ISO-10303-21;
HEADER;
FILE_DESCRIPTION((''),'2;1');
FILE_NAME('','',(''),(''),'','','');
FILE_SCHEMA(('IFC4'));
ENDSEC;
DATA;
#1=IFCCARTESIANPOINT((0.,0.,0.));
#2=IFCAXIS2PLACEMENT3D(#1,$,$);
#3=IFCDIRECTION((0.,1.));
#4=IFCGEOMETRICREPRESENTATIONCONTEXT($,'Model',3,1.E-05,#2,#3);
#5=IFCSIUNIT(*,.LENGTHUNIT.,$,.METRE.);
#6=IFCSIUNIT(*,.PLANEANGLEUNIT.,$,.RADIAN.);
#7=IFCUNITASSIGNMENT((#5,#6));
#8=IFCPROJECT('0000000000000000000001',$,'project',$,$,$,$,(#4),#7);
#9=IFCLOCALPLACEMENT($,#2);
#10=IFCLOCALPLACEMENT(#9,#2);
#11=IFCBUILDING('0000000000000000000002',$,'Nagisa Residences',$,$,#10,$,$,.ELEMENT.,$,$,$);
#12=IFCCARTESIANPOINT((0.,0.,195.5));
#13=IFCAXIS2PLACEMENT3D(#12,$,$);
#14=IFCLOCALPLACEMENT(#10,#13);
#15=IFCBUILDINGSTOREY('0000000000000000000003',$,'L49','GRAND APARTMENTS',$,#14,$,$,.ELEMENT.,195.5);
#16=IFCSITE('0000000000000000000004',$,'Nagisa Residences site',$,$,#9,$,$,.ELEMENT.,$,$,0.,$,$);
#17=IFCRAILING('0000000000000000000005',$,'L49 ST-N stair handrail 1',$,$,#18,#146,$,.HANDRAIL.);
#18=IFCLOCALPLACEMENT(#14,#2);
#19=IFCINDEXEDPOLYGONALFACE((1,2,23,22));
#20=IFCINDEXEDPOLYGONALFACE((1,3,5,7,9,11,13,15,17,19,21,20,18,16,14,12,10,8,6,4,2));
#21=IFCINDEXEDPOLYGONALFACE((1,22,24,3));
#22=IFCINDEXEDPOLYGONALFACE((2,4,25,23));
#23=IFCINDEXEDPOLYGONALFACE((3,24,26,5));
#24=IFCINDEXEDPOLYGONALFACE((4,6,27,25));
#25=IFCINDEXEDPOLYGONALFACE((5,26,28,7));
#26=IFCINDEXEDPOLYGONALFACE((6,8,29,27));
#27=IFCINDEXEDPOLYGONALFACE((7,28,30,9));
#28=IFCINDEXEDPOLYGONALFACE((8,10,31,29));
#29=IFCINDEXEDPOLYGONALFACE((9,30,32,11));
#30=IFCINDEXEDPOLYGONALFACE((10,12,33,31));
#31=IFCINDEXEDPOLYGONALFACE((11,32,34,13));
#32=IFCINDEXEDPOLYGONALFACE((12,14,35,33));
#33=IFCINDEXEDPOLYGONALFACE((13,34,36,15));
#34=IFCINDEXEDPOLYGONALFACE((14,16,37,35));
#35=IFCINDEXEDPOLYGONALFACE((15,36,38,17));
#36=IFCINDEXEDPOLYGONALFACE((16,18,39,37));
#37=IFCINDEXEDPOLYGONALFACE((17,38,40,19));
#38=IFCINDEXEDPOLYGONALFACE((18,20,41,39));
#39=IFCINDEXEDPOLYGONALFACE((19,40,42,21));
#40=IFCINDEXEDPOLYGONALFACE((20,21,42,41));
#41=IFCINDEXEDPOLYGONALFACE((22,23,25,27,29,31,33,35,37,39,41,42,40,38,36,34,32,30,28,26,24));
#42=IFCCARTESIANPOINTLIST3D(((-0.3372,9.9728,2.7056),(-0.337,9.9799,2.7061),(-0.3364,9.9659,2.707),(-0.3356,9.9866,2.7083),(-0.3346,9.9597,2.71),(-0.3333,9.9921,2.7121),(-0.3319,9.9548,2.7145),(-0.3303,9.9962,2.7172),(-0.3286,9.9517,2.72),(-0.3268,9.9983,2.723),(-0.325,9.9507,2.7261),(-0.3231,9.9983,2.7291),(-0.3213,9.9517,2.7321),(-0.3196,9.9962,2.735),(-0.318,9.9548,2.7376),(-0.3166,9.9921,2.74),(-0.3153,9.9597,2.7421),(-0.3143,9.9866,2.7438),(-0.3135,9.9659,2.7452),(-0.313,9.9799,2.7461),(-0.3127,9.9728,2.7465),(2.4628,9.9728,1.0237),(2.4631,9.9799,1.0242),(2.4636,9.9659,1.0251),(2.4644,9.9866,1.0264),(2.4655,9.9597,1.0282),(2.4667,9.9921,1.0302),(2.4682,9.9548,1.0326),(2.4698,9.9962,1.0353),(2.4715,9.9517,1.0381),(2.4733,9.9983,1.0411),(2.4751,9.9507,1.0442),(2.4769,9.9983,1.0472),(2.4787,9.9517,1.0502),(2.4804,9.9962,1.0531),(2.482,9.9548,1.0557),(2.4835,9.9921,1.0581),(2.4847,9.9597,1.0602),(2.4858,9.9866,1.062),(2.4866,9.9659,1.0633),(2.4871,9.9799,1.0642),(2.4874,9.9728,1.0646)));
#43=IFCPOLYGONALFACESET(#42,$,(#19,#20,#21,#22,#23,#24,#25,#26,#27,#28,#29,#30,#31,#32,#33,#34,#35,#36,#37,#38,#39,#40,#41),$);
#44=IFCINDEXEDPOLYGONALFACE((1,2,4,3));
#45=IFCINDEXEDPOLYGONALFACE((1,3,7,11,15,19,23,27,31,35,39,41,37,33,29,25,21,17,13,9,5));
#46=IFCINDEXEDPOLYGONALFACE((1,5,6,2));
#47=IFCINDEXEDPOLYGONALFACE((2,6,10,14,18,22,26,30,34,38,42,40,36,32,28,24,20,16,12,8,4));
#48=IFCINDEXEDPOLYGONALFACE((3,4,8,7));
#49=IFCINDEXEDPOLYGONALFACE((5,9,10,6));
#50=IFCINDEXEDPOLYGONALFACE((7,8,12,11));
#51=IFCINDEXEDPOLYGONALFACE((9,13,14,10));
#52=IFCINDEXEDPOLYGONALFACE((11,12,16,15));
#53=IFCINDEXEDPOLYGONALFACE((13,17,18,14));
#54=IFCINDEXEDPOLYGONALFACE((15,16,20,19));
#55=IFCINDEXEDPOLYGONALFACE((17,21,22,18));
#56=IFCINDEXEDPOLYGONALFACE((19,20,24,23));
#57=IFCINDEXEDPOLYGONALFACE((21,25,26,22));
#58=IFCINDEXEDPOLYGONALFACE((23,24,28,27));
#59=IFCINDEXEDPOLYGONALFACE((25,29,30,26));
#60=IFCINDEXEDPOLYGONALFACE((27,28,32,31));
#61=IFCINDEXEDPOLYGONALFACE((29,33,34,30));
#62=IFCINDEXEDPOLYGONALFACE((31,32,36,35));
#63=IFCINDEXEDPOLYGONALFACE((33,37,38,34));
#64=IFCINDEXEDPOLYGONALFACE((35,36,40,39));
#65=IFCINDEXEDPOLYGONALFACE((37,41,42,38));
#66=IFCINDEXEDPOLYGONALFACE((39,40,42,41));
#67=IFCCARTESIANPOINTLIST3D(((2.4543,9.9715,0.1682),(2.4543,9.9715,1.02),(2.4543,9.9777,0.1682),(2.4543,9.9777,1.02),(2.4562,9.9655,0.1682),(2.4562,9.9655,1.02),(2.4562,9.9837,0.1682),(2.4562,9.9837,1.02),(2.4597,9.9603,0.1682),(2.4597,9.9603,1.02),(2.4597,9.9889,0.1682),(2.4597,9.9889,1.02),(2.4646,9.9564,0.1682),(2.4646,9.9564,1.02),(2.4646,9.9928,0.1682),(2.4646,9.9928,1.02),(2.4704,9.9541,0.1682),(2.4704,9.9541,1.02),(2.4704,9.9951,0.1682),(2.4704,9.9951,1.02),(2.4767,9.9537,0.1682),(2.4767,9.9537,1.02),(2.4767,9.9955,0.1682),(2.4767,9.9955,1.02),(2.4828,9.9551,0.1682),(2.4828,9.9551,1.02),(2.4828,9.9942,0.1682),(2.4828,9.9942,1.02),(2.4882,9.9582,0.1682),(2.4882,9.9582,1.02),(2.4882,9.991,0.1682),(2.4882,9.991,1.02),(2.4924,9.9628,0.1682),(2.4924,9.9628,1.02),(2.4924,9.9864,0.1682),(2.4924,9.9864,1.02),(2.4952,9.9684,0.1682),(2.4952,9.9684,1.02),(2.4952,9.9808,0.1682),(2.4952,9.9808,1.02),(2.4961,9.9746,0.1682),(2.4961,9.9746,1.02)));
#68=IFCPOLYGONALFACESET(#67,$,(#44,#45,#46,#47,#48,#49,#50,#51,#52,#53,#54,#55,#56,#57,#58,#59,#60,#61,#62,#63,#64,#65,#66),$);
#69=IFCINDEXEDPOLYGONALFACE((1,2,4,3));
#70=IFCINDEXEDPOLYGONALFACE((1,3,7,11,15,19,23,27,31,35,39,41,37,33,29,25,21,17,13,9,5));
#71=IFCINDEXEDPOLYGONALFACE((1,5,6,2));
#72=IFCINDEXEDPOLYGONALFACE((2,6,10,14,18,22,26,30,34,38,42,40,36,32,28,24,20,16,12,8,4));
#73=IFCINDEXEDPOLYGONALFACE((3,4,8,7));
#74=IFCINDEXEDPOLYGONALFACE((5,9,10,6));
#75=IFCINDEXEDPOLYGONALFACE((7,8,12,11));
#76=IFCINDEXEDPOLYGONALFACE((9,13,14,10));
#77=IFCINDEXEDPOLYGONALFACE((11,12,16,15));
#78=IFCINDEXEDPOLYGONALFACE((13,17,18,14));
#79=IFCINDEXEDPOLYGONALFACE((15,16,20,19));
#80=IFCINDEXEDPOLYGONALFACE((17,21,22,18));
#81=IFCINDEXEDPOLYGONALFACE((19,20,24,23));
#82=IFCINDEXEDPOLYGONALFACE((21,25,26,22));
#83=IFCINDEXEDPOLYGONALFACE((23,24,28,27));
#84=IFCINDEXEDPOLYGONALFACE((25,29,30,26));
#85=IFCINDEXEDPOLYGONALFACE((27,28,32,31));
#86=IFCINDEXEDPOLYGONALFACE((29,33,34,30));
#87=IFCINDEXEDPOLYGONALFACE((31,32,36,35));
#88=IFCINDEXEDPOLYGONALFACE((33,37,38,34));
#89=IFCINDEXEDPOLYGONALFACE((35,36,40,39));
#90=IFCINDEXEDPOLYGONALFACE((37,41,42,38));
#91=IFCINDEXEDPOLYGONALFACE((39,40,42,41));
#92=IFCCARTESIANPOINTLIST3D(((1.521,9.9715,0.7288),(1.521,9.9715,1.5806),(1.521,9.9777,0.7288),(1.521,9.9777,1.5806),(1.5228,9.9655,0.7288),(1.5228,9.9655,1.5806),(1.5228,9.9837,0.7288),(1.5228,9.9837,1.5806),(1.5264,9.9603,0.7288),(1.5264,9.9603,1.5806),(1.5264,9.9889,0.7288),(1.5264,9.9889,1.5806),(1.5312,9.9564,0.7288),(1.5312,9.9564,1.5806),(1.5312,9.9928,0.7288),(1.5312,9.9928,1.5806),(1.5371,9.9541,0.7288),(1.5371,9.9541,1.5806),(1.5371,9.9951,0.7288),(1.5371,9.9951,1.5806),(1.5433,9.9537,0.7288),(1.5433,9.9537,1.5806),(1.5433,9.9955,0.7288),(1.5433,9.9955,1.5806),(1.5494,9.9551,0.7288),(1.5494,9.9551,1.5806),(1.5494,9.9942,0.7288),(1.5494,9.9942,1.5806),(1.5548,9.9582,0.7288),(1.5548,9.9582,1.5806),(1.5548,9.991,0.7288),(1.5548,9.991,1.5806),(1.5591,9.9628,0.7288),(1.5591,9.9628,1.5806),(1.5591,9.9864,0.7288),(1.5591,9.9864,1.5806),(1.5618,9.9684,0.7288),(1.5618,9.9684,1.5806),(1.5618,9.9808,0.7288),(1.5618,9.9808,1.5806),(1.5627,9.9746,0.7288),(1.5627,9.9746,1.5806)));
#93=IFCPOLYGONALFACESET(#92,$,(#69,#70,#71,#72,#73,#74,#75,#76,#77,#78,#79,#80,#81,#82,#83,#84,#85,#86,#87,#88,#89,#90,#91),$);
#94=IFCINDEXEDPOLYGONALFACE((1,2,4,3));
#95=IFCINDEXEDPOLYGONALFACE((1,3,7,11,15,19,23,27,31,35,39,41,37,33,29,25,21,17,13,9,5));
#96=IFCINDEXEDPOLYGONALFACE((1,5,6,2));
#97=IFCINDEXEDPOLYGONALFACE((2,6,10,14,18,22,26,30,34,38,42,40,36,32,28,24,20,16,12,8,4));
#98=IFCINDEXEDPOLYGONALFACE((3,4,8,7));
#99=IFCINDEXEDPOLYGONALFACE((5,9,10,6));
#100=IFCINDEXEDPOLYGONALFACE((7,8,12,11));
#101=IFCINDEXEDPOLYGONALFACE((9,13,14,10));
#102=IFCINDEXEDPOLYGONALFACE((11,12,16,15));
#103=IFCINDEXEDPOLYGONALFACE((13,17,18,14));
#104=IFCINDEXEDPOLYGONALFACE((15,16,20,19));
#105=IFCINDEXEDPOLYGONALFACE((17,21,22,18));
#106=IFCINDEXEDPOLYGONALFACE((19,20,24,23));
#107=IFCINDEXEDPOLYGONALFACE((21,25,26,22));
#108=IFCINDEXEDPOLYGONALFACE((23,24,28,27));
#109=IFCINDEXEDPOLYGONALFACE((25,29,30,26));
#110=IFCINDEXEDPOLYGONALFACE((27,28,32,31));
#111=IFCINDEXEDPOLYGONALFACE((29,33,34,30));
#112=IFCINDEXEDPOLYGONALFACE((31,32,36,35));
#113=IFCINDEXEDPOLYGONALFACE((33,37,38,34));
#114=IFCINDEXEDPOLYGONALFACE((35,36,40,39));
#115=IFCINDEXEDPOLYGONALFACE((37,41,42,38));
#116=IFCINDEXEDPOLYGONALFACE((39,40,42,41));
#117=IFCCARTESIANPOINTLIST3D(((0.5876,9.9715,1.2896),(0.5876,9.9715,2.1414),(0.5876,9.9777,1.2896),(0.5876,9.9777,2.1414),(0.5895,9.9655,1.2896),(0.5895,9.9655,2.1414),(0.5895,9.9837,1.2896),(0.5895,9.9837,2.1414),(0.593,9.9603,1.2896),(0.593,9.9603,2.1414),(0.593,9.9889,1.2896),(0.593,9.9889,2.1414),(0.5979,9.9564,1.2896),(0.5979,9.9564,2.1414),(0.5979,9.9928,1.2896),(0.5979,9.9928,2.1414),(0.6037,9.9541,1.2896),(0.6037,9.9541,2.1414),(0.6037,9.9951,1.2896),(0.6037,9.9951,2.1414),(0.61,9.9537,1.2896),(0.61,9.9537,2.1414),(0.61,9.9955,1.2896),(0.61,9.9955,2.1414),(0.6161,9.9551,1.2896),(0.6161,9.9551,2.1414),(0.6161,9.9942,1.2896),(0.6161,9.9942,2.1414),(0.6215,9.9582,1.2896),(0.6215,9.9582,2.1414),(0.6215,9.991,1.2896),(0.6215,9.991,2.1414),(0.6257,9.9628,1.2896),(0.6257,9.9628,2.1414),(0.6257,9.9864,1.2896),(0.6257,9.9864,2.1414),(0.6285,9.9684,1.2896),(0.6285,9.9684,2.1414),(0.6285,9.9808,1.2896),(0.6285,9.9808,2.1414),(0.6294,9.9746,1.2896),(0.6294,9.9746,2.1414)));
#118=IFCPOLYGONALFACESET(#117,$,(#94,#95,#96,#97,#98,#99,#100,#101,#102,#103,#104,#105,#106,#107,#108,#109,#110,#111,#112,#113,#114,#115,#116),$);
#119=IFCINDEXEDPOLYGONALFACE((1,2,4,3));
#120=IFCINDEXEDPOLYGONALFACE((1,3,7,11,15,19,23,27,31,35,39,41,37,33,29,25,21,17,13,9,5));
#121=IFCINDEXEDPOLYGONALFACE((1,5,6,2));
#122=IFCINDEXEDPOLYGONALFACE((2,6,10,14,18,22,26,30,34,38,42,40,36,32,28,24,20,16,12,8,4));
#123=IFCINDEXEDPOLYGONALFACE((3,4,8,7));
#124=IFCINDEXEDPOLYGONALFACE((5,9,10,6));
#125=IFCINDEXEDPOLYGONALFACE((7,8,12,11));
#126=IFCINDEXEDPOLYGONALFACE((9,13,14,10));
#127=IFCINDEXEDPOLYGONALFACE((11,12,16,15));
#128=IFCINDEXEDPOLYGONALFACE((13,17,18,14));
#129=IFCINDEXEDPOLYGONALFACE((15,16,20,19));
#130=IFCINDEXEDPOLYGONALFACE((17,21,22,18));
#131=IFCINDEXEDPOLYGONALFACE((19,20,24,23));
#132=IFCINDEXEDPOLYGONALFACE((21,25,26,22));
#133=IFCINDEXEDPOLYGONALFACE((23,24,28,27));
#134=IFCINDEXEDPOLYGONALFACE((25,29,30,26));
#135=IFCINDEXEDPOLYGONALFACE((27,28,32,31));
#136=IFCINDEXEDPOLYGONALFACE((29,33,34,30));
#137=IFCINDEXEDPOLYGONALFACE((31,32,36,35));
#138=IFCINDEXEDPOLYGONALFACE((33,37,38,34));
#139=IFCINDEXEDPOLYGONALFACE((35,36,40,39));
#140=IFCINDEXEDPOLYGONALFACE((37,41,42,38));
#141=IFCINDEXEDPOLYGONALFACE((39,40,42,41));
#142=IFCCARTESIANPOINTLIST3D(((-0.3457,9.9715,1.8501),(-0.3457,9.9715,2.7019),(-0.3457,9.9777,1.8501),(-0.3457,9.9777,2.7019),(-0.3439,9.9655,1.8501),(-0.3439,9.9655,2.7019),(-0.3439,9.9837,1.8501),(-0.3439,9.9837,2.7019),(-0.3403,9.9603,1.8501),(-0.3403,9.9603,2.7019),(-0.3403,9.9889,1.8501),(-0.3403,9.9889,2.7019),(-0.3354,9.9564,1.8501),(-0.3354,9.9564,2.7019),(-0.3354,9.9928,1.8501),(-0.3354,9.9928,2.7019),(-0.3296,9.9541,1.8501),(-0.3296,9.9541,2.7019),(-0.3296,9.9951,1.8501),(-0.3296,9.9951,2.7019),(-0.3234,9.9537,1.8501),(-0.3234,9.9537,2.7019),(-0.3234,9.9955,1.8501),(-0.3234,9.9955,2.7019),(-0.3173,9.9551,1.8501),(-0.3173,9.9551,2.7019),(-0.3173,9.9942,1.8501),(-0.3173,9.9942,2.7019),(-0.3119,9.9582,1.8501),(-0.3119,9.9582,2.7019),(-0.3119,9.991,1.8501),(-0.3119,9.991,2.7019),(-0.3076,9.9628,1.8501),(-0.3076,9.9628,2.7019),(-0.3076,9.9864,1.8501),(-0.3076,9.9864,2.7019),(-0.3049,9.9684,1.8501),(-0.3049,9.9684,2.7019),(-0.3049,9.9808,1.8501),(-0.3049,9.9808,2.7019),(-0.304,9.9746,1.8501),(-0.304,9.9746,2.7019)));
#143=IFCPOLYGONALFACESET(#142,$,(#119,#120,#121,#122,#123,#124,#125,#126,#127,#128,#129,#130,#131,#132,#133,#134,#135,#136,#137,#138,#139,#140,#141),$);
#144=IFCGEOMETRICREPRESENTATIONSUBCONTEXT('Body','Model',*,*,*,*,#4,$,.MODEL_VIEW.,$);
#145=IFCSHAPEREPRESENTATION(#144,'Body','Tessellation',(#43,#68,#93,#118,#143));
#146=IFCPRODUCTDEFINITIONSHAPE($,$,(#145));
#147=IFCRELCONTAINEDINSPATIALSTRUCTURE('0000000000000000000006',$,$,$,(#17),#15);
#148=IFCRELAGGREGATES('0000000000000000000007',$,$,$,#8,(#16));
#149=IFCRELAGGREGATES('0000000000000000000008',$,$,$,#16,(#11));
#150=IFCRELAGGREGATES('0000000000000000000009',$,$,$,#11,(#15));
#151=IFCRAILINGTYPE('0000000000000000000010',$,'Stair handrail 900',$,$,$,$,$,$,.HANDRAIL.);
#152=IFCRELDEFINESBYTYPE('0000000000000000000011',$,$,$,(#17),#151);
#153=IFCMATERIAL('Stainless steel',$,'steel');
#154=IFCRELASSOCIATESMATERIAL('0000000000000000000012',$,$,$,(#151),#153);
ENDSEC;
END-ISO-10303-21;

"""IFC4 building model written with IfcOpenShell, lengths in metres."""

from ifc_helpers import new_model, si_unit, direction, frame, origin, origin_2d, place, context, subcontext, project, spatial, circle, extrude, material, type_object, element, save


model = new_model("IFC4")

# Units and contexts
model_context = context("Model", 3, precision=1e-05, world=origin(), true_north=direction((0.0, 1.0)))
body_context = subcontext(model_context, "Body", "Model", "MODEL_VIEW")
ifc_project = project(units=[si_unit("LENGTHUNIT", "METRE"), si_unit("PLANEANGLEUNIT", "RADIAN")], contexts=[model_context])

# Site, building, storey
site_placement = place(None, origin())
site = spatial("IfcSite", under=ifc_project, at=site_placement, Name="Nagisa Residences site", CompositionType="ELEMENT", RefElevation=0.0)
building_placement = place(site_placement, origin())
building = spatial("IfcBuilding", under=site, at=building_placement, Name="Nagisa Residences", CompositionType="ELEMENT")
storey_placement = place(building_placement, frame((0.0, 0.0, 195.5)))
storey = spatial("IfcBuildingStorey", under=building, at=storey_placement, Name="L49", Description="GRAND APARTMENTS", CompositionType="ELEMENT", Elevation=195.5)

# Railing
ifc_material_1 = material(Name="Stainless steel", Category="steel")
railing_type_1 = type_object("IfcRailingType", Name="Stair handrail 900", PredefinedType="HANDRAIL", material=ifc_material_1)
railing_1_placement = place(storey_placement, frame((2.4751, 9.9746, 0.1682)))
element("IfcRailing", 1, at=railing_1_placement, inside=storey, type_object=railing_type_1, Name="L49 ST-N stair handrail 1", PredefinedType="HANDRAIL", context=body_context, shape_type="SweptSolid", body=[
    extrude(circle(Radius=0.0239, at=origin_2d()), frame((0.0, 0.0, 0.876), z_axis=(-0.857242, 0.0, 0.514913), x_axis=(0.0, -1.0, 0.0)), (0.0, 0.0, 1.0), 3.2664),
    extrude(circle(Radius=0.021, at=origin_2d()), origin(), (0.0, 0.0, 1.0), 0.8518),
    extrude(circle(Radius=0.021, at=origin_2d()), frame((-0.9333, 0.0, 0.5605)), (0.0, 0.0, 1.0), 0.8518),
    extrude(circle(Radius=0.021, at=origin_2d()), frame((-1.8667, 0.0, 1.1213)), (0.0, 0.0, 1.0), 0.8518),
    extrude(circle(Radius=0.021, at=origin_2d()), frame((-2.8, 0.0, 1.6819)), (0.0, 0.0, 1.0), 0.8518),
])

save(model, "model.ifc")
